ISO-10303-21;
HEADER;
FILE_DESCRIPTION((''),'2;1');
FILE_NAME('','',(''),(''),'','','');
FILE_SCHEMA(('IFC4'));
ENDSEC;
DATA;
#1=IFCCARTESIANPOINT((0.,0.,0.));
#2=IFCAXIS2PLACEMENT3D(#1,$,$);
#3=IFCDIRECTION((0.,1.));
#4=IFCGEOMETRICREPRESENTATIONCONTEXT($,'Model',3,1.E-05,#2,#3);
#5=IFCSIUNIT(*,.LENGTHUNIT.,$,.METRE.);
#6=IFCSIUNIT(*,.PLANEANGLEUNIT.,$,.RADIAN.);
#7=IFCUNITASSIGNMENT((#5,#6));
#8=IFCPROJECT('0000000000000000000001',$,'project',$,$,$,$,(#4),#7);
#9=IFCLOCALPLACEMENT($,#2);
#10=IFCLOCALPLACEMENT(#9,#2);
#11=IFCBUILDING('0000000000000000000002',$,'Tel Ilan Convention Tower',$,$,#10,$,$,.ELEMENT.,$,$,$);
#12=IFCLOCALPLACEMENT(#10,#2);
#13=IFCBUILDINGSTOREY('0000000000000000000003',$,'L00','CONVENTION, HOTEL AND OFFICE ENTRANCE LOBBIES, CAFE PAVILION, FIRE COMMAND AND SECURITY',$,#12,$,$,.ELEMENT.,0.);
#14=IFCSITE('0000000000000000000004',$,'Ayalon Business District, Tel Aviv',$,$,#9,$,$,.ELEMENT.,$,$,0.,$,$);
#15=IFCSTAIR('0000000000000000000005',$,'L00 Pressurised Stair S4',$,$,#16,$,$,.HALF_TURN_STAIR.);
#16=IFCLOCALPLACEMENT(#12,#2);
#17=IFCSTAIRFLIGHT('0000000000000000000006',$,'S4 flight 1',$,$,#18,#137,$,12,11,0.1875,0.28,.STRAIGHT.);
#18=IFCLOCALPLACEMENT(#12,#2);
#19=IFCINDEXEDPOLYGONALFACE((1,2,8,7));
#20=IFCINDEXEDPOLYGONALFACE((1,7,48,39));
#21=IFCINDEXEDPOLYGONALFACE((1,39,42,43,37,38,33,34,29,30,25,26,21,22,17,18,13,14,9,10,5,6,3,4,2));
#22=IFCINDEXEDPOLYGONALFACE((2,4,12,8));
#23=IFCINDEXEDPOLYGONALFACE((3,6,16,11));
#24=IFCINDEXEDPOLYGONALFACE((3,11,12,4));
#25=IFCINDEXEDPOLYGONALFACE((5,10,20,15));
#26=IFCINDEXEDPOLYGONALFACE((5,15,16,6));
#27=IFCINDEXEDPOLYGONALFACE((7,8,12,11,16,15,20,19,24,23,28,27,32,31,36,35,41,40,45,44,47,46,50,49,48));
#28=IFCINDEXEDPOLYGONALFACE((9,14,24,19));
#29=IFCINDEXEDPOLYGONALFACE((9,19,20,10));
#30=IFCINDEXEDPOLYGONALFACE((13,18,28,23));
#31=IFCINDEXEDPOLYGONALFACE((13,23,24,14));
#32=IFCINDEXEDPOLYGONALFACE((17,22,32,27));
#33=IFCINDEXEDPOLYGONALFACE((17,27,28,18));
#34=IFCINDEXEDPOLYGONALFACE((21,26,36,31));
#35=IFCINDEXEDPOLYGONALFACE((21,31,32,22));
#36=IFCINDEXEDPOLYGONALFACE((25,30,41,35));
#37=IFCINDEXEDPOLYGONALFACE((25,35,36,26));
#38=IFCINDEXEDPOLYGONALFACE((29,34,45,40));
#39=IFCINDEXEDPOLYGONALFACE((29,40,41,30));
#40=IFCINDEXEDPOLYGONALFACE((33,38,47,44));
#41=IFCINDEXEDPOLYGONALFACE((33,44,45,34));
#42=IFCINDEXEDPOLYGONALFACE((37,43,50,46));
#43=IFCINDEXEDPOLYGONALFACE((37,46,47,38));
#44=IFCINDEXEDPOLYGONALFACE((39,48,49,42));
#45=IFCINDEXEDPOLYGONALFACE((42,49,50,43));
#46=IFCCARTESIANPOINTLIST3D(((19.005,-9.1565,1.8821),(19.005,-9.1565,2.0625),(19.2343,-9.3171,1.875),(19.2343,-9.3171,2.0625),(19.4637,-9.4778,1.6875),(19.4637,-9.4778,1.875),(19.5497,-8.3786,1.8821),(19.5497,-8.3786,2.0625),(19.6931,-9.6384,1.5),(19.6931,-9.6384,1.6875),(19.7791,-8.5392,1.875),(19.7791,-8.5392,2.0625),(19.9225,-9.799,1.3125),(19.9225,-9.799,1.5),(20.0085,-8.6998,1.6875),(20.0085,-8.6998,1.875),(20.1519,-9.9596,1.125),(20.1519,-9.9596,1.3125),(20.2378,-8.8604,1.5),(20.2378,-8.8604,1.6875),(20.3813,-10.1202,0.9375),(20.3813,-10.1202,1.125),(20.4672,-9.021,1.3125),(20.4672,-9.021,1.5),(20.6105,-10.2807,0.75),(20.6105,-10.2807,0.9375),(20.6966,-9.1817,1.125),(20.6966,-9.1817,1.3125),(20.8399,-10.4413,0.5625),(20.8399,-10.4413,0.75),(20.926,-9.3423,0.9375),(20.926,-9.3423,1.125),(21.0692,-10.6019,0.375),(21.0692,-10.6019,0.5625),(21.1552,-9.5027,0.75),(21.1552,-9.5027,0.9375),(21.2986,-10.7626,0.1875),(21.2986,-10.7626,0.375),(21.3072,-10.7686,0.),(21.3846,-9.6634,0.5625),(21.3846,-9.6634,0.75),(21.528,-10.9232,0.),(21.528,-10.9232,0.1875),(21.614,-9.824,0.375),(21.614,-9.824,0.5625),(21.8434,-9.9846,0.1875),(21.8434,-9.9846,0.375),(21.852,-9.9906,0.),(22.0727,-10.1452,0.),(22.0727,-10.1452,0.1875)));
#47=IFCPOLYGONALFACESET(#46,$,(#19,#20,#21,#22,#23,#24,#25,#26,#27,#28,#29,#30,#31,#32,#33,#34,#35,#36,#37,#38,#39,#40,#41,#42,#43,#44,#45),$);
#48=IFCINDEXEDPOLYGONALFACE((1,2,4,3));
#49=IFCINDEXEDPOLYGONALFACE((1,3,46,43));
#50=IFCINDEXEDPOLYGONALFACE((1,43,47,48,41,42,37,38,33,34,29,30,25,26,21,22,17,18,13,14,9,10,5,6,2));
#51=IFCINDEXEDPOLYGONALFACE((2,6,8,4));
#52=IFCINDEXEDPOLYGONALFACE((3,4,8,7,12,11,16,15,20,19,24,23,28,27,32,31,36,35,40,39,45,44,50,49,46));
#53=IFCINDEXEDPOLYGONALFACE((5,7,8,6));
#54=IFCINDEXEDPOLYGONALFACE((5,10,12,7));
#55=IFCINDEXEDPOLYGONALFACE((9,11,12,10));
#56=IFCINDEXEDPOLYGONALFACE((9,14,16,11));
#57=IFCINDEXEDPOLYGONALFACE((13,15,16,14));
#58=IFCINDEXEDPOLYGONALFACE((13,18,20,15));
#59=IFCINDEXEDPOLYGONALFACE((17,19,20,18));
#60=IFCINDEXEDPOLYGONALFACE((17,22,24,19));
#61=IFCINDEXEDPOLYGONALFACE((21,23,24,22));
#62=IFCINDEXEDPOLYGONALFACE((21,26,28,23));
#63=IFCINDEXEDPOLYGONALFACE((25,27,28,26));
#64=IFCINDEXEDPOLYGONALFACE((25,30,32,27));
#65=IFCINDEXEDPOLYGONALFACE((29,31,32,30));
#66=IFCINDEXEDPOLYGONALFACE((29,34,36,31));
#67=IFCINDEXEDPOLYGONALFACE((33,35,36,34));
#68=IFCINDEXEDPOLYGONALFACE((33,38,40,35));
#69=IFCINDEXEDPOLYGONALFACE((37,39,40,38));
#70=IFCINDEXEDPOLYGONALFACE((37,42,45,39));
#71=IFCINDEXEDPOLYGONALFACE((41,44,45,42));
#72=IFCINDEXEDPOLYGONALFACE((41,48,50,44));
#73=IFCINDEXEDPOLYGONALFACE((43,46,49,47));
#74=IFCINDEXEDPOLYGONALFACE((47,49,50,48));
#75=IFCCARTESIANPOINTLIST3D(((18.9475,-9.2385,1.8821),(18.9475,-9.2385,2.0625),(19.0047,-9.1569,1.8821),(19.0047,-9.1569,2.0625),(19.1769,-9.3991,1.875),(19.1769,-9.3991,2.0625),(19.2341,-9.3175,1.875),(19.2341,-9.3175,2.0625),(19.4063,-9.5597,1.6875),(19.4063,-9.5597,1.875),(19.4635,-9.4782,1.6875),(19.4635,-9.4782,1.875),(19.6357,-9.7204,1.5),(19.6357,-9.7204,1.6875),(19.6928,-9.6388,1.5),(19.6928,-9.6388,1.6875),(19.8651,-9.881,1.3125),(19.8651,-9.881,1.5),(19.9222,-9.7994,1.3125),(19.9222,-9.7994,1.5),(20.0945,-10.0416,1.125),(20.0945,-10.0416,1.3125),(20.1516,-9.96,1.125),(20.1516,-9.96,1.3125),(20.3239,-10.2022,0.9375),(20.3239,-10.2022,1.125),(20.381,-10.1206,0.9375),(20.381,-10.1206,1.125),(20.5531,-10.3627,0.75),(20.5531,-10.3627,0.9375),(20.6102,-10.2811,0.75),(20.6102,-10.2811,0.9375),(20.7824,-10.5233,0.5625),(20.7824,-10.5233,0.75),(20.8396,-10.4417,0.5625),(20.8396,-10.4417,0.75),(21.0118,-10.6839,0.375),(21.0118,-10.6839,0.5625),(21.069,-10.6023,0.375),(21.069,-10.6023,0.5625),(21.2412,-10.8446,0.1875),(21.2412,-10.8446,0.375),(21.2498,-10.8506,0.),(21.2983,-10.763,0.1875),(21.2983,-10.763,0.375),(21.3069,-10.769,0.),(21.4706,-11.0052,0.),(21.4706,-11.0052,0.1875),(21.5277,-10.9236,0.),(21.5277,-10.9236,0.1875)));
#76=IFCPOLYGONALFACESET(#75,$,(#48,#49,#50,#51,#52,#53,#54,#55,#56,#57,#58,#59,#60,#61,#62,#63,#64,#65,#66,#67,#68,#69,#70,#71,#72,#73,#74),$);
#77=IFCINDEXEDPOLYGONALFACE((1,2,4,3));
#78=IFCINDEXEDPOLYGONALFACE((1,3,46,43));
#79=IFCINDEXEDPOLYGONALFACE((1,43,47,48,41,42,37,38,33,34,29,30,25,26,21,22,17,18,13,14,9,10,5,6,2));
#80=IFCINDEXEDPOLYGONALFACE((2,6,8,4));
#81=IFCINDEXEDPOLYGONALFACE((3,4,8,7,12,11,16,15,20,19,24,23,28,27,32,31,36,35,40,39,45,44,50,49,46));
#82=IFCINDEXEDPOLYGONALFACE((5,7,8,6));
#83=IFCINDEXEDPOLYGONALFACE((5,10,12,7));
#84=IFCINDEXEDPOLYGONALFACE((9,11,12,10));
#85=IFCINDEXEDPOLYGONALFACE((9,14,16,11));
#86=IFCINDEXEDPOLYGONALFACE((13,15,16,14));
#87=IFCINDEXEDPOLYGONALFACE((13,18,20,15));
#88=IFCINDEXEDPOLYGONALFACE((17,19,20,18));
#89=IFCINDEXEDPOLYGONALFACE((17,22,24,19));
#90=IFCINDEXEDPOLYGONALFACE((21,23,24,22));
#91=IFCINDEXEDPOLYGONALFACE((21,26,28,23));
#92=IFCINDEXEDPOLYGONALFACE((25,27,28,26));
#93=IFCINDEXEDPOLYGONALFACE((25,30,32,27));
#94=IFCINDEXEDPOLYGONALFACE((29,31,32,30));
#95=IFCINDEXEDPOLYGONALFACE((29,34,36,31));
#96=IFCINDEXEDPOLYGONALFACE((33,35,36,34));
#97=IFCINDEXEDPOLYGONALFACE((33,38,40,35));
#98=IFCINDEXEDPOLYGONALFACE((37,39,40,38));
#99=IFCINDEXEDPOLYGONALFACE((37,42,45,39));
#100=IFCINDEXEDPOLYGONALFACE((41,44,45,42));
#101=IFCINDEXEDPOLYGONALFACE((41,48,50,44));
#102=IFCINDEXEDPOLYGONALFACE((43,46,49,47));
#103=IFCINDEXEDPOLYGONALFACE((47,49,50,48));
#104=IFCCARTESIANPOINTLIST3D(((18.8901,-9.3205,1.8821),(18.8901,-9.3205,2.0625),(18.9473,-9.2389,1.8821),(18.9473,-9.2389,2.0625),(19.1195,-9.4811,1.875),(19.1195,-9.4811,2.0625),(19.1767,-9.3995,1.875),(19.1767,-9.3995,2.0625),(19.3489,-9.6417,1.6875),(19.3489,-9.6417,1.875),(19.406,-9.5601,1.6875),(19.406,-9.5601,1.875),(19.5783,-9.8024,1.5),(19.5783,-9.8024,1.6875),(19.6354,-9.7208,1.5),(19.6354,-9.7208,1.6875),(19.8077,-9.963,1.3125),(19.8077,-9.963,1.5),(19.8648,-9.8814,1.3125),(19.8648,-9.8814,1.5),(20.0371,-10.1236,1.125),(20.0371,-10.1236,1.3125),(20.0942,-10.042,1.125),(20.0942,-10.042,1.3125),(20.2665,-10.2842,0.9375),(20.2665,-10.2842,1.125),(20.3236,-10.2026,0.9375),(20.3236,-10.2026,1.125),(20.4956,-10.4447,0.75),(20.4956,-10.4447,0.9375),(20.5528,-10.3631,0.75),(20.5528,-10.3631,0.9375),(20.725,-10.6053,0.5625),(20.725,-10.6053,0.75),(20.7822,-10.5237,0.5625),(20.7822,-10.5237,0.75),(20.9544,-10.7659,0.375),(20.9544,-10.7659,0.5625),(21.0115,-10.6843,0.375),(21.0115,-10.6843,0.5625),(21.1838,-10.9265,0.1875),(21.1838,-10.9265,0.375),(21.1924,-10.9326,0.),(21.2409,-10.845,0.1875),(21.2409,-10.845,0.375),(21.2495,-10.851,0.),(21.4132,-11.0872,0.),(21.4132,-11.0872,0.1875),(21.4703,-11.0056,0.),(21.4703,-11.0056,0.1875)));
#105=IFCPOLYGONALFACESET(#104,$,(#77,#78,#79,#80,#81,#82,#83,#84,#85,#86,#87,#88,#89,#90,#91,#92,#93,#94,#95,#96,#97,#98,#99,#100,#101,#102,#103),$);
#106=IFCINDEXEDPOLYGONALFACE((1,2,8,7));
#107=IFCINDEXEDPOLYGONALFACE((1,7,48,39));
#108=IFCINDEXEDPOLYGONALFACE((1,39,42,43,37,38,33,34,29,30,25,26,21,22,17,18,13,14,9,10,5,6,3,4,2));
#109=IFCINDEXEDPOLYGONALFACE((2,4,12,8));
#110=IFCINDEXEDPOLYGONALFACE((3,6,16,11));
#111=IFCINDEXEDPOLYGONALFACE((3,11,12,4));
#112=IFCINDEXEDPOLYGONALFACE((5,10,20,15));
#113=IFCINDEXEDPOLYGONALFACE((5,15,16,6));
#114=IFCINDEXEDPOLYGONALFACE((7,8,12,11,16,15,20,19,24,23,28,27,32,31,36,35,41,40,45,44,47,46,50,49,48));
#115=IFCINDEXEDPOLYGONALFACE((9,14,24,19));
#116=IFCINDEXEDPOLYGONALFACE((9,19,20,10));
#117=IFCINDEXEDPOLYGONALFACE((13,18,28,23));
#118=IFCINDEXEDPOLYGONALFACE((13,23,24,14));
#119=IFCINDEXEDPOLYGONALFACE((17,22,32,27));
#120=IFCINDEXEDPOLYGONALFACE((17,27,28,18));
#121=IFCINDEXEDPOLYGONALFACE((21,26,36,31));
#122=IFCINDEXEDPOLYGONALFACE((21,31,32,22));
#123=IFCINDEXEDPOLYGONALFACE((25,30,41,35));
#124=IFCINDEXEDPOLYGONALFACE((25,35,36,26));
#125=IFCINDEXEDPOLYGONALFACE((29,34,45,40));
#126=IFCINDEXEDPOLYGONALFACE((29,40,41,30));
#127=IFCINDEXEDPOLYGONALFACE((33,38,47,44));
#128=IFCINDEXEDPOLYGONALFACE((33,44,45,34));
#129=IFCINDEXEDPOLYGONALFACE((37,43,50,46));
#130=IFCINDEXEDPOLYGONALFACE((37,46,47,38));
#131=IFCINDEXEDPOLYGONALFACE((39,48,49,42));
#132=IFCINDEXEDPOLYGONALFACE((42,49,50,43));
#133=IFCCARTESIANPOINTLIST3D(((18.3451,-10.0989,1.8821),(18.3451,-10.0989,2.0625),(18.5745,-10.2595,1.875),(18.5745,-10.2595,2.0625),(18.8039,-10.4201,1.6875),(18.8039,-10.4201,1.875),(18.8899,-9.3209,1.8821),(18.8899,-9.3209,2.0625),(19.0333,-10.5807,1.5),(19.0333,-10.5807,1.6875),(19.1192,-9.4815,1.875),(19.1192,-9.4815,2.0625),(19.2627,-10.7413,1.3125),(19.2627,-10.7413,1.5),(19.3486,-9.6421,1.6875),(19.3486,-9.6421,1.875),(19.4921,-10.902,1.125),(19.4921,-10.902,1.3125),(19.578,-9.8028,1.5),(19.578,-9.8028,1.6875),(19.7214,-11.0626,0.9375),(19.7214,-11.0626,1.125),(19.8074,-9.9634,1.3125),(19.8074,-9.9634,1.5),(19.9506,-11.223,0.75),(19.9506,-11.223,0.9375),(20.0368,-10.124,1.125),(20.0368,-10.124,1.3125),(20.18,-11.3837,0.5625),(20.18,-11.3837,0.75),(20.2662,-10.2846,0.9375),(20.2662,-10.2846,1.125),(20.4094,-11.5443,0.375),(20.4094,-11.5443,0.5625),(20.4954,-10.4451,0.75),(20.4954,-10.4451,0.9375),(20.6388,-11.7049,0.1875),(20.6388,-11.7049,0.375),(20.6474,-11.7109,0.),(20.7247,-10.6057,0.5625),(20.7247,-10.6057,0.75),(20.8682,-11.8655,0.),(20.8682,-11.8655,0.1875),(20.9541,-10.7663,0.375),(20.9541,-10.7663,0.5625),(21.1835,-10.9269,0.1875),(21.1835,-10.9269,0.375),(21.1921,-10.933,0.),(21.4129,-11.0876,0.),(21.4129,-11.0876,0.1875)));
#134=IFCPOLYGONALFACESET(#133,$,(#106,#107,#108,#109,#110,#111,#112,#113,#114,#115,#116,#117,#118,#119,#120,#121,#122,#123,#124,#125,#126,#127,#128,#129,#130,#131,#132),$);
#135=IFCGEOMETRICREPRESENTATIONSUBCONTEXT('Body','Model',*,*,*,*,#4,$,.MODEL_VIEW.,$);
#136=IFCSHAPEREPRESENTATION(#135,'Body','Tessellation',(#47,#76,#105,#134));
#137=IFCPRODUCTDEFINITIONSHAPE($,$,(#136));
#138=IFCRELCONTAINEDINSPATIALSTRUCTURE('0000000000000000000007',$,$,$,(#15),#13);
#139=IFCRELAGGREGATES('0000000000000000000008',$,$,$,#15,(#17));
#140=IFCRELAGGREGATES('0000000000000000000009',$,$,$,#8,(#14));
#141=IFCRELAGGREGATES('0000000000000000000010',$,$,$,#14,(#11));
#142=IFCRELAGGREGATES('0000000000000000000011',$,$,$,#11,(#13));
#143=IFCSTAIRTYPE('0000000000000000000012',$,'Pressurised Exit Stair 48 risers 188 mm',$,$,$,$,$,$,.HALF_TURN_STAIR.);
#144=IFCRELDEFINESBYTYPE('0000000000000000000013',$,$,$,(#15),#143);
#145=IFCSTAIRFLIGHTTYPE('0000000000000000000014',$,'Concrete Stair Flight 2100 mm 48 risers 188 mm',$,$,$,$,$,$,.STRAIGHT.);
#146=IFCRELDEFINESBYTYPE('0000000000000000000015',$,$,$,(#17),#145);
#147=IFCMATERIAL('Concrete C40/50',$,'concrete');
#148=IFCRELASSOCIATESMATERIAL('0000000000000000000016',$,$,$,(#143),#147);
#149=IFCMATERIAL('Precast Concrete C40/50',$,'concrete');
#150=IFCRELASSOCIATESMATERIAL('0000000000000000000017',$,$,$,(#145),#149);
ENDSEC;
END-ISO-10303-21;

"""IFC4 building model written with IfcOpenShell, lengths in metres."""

from ifc_helpers import new_model, si_unit, direction, frame, origin, place, context, subcontext, project, spatial, polyline, outline, extrude, material, type_object, element, aggregate, save


model = new_model("IFC4")

# Units and contexts
model_context = context("Model", 3, precision=1e-05, world=origin(), true_north=direction((0.0, 1.0)))
body_context = subcontext(model_context, "Body", "Model", "MODEL_VIEW")
ifc_project = project(units=[si_unit("LENGTHUNIT", "METRE"), si_unit("PLANEANGLEUNIT", "RADIAN")], contexts=[model_context])

# Site, building, storey
site_placement = place(None, origin())
site = spatial("IfcSite", under=ifc_project, at=site_placement, Name="Ayalon Business District, Tel Aviv", CompositionType="ELEMENT", RefElevation=0.0)
building_placement = place(site_placement, origin())
building = spatial("IfcBuilding", under=site, at=building_placement, Name="Tel Ilan Convention Tower", CompositionType="ELEMENT")
storey_placement = place(building_placement, origin())
storey = spatial("IfcBuildingStorey", under=building, at=storey_placement, Name="L00", Description="CONVENTION, HOTEL AND OFFICE ENTRANCE LOBBIES, CAFE PAVILION, FIRE COMMAND AND SECURITY", CompositionType="ELEMENT", Elevation=0.0)

# Stair, stair flight
ifc_material_1 = material(Name="Concrete C40/50", Category="concrete")
stair_type = type_object("IfcStairType", Name="Pressurised Exit Stair 48 risers 188 mm", PredefinedType="HALF_TURN_STAIR", material=ifc_material_1)
ifc_material_2 = material(Name="Precast Concrete C40/50", Category="concrete")
stair_flight_type = type_object("IfcStairFlightType", Name="Concrete Stair Flight 2100 mm 48 risers 188 mm", PredefinedType="STRAIGHT", material=ifc_material_2)
stair_1_placement = place(storey_placement, origin())
stair_1 = element("IfcStair", 1, at=stair_1_placement, inside=storey, type_object=stair_type, Name="L00 Pressurised Stair S4", PredefinedType="HALF_TURN_STAIR")
stair_flight_1_placement = place(storey_placement, frame((21.4705, -11.0054, 0.0), z_axis=(0.0, 0.0, 1.0), x_axis=(-0.819152, 0.573576, 0.0)))
stair_flight_1 = element("IfcStairFlight", 2, at=stair_flight_1_placement, type_object=stair_flight_type, Name="S4 flight 1", NumberOfRisers=12, NumberOfTreads=11, PredefinedType="STRAIGHT", RiserHeight=0.1875, TreadLength=0.28, context=body_context, shape_type="SweptSolid", body=[
    extrude(outline(polyline([(0.0, 0.0), (0.0, 0.1875), (0.28, 0.1875), (0.28, 0.375), (0.5601, 0.375), (0.5601, 0.5625), (0.8401, 0.5625), (0.8401, 0.75), (1.1201, 0.75), (1.1201, 0.9375), (1.3999, 0.9375), (1.3999, 1.125), (1.6799, 1.125), (1.6799, 1.3125), (1.96, 1.3125), (1.96, 1.5), (2.24, 1.5), (2.24, 1.6875), (2.52, 1.6875), (2.52, 1.875), (2.8, 1.875), (2.8, 2.0625), (3.0801, 2.0625), (3.0801, 2.25), (3.0801, 1.8821), (0.2695, 0.0), (0.0, 0.0)])), frame((0.0, -0.1003, 0.0), z_axis=(0.0, -1.0, 0.0), x_axis=(1.0, 0.0, 0.0)), (0.0, 0.0, 1.0), 0.9497),
    extrude(outline(polyline([(0.0, 0.0), (0.0, 0.1875), (0.28, 0.1875), (0.28, 0.375), (0.5601, 0.375), (0.5601, 0.5625), (0.8401, 0.5625), (0.8401, 0.75), (1.1201, 0.75), (1.1201, 0.9375), (1.3999, 0.9375), (1.3999, 1.125), (1.6799, 1.125), (1.6799, 1.3125), (1.96, 1.3125), (1.96, 1.5), (2.24, 1.5), (2.24, 1.6875), (2.52, 1.6875), (2.52, 1.875), (2.8, 1.875), (2.8, 2.0625), (3.0801, 2.0625), (3.0801, 2.25), (3.0801, 1.8821), (0.2695, 0.0), (0.0, 0.0)])), frame((0.0, -0.0002, 0.0), z_axis=(0.0, -1.0, 0.0), x_axis=(1.0, 0.0, 0.0)), (0.0, 0.0, 1.0), 0.0996),
    extrude(outline(polyline([(0.0, 0.0), (0.0, 0.1875), (0.28, 0.1875), (0.28, 0.375), (0.5601, 0.375), (0.5601, 0.5625), (0.8401, 0.5625), (0.8401, 0.75), (1.1201, 0.75), (1.1201, 0.9375), (1.3999, 0.9375), (1.3999, 1.125), (1.6799, 1.125), (1.6799, 1.3125), (1.96, 1.3125), (1.96, 1.5), (2.24, 1.5), (2.24, 1.6875), (2.52, 1.6875), (2.52, 1.875), (2.8, 1.875), (2.8, 2.0625), (3.0801, 2.0625), (3.0801, 2.25), (3.0801, 1.8821), (0.2695, 0.0), (0.0, 0.0)])), frame((0.0, 0.0999, 0.0), z_axis=(0.0, -1.0, 0.0), x_axis=(1.0, 0.0, 0.0)), (0.0, 0.0, 1.0), 0.0996),
    extrude(outline(polyline([(0.0, 0.0), (0.0, 0.1875), (0.28, 0.1875), (0.28, 0.375), (0.5601, 0.375), (0.5601, 0.5625), (0.8401, 0.5625), (0.8401, 0.75), (1.1201, 0.75), (1.1201, 0.9375), (1.3999, 0.9375), (1.3999, 1.125), (1.6799, 1.125), (1.6799, 1.3125), (1.96, 1.3125), (1.96, 1.5), (2.24, 1.5), (2.24, 1.6875), (2.52, 1.6875), (2.52, 1.875), (2.8, 1.875), (2.8, 2.0625), (3.0801, 2.0625), (3.0801, 2.25), (3.0801, 1.8821), (0.2695, 0.0), (0.0, 0.0)])), frame((0.0, 1.05, 0.0), z_axis=(0.0, -1.0, 0.0), x_axis=(1.0, 0.0, 0.0)), (0.0, 0.0, 1.0), 0.9497),
])
aggregate(stair_1, [stair_flight_1])

save(model, "model.ifc")
